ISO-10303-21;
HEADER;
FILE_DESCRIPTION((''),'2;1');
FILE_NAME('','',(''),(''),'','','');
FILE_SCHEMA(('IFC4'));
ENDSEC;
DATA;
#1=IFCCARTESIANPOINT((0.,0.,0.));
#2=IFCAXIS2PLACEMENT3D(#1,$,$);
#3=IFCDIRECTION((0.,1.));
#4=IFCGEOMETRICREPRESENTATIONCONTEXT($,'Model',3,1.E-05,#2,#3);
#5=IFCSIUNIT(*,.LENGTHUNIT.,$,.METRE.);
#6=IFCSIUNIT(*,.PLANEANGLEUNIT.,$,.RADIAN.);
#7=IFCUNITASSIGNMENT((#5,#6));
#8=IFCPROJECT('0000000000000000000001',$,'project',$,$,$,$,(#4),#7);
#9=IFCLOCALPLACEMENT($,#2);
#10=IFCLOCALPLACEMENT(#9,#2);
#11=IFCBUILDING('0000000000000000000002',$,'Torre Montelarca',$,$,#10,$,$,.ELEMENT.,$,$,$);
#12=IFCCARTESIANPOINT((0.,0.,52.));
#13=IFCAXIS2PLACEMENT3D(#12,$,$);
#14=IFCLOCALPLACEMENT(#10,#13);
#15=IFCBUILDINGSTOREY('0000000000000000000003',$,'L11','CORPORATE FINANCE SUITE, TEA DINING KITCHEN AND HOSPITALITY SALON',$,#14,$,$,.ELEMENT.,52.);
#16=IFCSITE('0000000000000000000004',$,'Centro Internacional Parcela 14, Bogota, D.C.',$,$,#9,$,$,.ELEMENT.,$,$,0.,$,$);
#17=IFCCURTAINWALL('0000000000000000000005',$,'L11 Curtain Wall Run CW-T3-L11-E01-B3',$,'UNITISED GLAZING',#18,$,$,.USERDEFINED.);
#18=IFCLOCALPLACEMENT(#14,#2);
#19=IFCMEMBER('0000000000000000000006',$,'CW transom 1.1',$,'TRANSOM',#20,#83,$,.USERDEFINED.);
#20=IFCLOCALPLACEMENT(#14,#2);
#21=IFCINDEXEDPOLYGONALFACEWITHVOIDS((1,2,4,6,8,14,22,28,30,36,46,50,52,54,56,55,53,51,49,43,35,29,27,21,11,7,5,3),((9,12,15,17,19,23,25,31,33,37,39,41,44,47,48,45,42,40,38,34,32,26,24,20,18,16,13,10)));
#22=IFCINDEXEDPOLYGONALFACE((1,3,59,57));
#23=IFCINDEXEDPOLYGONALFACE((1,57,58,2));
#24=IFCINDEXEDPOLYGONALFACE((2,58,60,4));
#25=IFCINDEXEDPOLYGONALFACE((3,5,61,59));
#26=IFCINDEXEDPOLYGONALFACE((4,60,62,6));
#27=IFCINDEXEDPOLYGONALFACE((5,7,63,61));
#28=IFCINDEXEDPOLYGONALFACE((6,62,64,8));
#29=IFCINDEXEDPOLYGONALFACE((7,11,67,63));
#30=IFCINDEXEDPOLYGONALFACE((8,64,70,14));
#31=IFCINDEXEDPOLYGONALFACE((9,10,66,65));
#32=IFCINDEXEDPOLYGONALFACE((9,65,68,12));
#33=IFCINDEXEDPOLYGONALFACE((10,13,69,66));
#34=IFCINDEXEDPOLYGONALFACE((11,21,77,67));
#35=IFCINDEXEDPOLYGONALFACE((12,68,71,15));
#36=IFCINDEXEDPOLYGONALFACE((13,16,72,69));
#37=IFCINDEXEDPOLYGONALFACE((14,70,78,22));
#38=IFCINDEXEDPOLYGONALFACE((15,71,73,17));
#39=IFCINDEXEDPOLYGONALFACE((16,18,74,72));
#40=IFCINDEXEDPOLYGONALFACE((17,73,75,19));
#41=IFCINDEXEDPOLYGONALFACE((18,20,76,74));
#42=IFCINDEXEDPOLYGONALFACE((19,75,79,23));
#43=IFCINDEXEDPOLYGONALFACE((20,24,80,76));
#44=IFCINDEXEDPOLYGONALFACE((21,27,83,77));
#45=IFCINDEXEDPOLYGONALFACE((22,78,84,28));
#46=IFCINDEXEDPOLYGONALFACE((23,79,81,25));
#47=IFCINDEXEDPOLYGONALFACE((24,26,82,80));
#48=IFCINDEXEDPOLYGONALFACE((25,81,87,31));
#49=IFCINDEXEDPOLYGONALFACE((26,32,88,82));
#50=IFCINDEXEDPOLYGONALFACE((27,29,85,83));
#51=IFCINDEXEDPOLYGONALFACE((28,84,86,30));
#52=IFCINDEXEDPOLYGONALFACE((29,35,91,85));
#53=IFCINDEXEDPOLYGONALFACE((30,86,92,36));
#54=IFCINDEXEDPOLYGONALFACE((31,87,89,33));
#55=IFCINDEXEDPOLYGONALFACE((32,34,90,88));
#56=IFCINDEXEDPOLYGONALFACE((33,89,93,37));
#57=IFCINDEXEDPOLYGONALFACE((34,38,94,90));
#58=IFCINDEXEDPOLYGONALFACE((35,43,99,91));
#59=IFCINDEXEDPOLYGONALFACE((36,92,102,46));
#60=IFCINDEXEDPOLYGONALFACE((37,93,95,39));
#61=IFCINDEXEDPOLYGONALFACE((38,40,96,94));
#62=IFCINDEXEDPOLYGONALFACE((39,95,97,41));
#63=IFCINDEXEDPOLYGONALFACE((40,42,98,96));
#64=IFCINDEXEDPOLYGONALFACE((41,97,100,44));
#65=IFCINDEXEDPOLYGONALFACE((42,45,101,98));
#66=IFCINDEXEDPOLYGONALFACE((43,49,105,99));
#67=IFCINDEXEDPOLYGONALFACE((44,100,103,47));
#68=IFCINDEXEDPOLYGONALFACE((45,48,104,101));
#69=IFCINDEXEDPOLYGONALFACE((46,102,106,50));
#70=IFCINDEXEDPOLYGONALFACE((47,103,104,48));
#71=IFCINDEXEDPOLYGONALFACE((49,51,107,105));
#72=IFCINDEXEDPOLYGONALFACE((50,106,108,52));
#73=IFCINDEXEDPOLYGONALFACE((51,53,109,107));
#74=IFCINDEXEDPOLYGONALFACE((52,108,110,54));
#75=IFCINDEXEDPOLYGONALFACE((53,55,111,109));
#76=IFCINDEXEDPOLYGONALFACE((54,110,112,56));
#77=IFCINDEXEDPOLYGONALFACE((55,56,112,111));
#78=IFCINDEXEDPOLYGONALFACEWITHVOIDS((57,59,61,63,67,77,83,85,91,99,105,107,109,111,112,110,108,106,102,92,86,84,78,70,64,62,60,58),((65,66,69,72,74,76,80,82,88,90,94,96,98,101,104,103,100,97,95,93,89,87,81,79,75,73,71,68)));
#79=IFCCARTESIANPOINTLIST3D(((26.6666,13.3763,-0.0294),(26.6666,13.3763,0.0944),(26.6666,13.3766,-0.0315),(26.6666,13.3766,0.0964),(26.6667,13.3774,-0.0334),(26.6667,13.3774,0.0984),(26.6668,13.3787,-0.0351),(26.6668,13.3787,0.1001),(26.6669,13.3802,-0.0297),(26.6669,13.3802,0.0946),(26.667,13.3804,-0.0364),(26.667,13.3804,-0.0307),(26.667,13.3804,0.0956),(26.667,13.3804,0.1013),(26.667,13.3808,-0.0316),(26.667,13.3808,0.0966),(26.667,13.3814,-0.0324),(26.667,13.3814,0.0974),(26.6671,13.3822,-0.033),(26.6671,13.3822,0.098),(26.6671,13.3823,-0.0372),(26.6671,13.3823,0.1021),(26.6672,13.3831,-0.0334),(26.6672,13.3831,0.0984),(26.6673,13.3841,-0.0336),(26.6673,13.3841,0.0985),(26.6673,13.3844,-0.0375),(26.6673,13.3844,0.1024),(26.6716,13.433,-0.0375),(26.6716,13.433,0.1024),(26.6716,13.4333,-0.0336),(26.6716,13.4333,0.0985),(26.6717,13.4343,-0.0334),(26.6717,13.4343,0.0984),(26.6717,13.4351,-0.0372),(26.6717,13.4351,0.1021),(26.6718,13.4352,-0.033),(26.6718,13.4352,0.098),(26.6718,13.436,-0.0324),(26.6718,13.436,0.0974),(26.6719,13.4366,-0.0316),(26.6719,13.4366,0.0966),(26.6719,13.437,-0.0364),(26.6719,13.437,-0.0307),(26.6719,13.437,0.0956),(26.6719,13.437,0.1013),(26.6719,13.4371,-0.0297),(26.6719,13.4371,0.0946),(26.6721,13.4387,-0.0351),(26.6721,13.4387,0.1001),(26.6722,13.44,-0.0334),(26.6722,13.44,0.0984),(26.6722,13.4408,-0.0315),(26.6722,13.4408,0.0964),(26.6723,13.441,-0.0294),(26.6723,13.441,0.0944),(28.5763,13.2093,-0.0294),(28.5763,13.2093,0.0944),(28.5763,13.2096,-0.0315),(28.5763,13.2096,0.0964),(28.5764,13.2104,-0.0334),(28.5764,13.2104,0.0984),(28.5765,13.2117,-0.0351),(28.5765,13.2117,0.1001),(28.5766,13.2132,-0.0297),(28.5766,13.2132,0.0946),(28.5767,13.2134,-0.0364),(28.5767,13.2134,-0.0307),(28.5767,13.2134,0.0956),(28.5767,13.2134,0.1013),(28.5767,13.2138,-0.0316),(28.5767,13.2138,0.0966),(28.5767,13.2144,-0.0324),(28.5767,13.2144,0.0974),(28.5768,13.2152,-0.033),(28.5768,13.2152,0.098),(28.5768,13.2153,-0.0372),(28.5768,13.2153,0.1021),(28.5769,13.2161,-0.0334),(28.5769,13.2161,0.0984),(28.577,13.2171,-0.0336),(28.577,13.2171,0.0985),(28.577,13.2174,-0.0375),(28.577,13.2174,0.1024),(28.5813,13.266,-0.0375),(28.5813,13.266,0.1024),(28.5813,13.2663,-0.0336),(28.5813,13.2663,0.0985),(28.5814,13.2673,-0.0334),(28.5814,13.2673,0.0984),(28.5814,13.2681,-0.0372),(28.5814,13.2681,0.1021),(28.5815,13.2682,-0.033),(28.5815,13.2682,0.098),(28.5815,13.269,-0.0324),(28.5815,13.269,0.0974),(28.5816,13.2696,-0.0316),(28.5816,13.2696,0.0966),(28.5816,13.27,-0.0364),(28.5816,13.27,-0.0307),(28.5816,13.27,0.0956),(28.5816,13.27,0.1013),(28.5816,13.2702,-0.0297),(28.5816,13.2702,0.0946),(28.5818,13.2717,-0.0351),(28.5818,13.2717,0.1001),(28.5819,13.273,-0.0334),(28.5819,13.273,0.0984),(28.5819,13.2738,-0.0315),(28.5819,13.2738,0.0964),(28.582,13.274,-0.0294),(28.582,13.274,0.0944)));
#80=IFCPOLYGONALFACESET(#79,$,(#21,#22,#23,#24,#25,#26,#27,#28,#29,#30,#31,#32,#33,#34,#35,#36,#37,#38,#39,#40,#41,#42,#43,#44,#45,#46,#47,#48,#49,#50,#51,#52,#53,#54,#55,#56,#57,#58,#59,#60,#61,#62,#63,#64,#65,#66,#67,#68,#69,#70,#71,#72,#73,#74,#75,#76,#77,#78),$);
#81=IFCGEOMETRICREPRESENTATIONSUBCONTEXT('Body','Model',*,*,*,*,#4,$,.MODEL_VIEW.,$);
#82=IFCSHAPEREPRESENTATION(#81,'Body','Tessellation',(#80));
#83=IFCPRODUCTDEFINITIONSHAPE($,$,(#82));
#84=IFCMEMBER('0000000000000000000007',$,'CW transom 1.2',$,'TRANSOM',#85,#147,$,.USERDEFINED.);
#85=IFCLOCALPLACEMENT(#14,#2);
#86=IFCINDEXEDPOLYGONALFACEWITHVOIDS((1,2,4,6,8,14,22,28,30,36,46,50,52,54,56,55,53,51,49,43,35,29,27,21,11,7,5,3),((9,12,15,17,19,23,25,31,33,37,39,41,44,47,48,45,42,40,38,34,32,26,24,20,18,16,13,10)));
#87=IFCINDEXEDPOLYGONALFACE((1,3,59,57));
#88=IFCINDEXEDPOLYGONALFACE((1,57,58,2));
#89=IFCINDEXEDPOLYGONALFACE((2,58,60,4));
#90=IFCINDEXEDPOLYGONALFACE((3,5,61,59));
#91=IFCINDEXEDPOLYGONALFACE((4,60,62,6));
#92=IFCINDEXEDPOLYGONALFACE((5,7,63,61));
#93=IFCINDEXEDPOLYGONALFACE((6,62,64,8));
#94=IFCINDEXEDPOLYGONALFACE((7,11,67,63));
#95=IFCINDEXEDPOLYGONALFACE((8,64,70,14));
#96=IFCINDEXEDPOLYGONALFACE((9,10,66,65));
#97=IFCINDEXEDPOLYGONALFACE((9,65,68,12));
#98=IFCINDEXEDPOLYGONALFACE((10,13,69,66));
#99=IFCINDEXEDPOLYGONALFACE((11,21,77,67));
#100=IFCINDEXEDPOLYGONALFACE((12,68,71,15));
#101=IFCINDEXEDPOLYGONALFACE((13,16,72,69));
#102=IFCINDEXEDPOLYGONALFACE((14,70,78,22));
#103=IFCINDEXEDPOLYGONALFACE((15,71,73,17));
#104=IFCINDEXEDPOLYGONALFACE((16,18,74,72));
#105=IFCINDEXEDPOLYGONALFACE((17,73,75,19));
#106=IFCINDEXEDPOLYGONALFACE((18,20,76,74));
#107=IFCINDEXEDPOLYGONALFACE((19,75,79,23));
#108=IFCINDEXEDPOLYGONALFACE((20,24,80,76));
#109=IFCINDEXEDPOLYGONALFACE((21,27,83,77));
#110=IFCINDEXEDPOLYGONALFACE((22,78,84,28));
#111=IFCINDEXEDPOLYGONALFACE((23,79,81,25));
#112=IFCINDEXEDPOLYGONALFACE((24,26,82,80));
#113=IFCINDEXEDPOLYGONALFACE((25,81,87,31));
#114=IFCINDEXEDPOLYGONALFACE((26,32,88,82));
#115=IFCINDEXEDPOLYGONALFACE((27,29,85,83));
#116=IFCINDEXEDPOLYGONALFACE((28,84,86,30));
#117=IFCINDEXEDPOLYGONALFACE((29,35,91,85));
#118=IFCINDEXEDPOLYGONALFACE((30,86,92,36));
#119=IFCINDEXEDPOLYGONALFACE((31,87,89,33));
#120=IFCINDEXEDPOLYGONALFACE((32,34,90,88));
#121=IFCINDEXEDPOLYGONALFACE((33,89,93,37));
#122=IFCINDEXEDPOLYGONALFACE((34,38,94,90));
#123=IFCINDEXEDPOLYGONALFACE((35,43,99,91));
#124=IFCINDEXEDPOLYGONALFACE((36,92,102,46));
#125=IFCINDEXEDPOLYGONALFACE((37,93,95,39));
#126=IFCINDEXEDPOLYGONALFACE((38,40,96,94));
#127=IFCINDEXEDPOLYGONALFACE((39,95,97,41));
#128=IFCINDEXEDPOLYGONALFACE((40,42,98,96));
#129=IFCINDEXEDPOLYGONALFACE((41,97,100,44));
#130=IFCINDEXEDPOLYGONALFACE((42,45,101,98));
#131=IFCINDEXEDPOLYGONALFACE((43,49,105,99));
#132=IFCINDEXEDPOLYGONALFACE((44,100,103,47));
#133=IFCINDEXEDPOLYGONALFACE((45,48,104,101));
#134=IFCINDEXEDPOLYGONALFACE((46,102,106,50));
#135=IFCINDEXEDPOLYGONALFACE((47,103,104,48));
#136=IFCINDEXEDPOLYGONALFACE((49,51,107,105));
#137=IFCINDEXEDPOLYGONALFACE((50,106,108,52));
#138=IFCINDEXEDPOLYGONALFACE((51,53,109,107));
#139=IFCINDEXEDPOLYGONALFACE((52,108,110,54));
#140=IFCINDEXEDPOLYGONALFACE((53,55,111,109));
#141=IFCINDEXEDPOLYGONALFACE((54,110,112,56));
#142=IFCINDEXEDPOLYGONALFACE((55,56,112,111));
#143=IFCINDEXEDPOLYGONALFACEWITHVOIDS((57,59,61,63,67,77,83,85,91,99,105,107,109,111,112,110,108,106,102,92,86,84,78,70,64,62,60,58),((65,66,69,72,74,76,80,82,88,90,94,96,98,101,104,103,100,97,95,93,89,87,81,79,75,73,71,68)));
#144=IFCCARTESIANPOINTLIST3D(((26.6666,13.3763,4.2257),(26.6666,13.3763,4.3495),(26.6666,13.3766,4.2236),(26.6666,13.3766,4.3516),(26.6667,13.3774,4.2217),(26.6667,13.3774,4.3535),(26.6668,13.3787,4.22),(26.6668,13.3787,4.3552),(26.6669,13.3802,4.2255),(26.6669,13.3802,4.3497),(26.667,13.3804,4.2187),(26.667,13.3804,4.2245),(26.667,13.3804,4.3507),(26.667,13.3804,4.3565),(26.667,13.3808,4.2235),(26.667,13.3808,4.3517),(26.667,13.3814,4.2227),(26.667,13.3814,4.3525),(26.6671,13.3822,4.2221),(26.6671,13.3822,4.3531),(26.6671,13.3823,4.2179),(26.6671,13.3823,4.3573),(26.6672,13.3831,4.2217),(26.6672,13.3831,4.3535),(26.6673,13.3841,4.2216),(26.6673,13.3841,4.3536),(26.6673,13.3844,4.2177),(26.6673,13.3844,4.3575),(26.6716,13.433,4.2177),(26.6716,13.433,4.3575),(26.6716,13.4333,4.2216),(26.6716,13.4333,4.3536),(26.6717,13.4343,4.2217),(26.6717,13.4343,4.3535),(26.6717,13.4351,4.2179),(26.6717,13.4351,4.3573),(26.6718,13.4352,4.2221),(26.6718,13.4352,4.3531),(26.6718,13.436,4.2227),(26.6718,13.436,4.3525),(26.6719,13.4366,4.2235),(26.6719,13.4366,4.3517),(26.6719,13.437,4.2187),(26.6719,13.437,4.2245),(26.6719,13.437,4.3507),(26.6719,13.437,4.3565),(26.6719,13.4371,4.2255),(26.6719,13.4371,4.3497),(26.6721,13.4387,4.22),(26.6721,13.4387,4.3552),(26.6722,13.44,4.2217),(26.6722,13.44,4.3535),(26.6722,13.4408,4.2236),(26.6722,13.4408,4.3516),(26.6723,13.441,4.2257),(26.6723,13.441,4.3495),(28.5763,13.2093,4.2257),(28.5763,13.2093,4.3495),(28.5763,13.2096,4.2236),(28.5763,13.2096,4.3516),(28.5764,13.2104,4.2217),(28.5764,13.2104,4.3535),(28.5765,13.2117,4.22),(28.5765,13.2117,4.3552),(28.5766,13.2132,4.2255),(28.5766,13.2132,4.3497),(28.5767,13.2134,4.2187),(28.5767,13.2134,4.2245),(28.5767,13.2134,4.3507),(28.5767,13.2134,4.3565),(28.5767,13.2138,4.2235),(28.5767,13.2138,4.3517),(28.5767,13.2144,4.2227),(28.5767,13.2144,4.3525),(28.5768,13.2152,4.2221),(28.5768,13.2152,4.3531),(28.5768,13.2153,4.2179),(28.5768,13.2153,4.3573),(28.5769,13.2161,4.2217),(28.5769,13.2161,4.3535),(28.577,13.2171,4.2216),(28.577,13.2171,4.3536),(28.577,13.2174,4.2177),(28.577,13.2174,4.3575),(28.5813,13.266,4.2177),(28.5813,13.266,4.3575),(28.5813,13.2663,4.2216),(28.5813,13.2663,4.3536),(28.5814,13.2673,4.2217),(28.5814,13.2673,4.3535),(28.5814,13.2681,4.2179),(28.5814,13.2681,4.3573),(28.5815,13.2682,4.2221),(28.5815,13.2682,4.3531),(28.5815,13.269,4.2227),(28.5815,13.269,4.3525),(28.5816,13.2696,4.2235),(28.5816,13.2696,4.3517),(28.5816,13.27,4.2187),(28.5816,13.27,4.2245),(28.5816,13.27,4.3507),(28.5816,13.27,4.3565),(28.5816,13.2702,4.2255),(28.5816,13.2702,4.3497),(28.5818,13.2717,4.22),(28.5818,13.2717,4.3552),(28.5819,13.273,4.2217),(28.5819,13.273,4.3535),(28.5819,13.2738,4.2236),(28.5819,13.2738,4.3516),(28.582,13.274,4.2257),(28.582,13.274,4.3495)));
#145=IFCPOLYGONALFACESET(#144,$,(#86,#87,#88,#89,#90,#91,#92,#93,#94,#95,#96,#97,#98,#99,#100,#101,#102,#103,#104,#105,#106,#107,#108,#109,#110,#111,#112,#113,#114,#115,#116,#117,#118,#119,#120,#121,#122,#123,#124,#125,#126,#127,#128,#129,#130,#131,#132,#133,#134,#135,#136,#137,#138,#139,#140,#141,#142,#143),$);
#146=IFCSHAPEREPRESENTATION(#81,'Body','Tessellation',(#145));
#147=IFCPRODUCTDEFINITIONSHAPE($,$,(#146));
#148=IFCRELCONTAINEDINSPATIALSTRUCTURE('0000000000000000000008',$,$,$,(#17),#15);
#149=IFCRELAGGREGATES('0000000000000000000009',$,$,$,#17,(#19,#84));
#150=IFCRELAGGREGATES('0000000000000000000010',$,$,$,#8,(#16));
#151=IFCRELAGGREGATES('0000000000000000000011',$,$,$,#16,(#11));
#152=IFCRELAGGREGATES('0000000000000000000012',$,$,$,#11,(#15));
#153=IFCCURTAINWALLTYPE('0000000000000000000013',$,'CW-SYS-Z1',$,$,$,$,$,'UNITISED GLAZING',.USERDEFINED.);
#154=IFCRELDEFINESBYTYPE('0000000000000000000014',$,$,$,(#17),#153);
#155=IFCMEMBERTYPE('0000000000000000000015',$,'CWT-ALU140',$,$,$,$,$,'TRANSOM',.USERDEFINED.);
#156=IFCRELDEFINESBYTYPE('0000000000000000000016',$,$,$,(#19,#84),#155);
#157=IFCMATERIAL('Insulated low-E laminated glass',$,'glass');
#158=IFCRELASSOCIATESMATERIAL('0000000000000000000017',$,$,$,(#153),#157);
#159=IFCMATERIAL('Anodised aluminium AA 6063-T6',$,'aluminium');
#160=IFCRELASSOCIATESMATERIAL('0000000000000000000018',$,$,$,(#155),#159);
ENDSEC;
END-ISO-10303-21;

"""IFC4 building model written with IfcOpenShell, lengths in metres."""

from ifc_helpers import new_model, si_unit, direction, frame, origin, origin_2d, place, context, subcontext, project, spatial, hollow_rectangle, extrude, source, transform, mapped, material, material_profile, profile_set, type_object, element, aggregate, save


model = new_model("IFC4")

# Units and contexts
model_context = context("Model", 3, precision=1e-05, world=origin(), true_north=direction((0.0, 1.0)))
body_context = subcontext(model_context, "Body", "Model", "MODEL_VIEW")
ifc_project = project(units=[si_unit("LENGTHUNIT", "METRE"), si_unit("PLANEANGLEUNIT", "RADIAN")], contexts=[model_context])

# Site, building, storey
site_placement = place(None, origin())
site = spatial("IfcSite", under=ifc_project, at=site_placement, Name="Centro Internacional Parcela 14, Bogota, D.C.", CompositionType="ELEMENT", RefElevation=0.0)
building_placement = place(site_placement, origin())
building = spatial("IfcBuilding", under=site, at=building_placement, Name="Torre Montelarca", CompositionType="ELEMENT")
storey_placement = place(building_placement, frame((0.0, 0.0, 52.0)))
storey = spatial("IfcBuildingStorey", under=building, at=storey_placement, Name="L11", Description="CORPORATE FINANCE SUITE, TEA DINING KITCHEN AND HOSPITALITY SALON", CompositionType="ELEMENT", Elevation=52.0)

# Shared definitions
ifc_material_1 = material(Name="Insulated low-E laminated glass", Category="glass")
curtain_wall_type = type_object("IfcCurtainWallType", Name="CW-SYS-Z1", ElementType="UNITISED GLAZING", PredefinedType="USERDEFINED", material=ifc_material_1)
ifc_material_2 = material(Name="Anodised aluminium AA 6063-T6", Category="aluminium")

# Curtain wall
curtain_wall_1_placement = place(storey_placement, origin())
curtain_wall_1 = element("IfcCurtainWall", 1, at=curtain_wall_1_placement, inside=storey, type_object=curtain_wall_type, Name="L11 Curtain Wall Run CW-T3-L11-E01-B3", ObjectType="UNITISED GLAZING", PredefinedType="USERDEFINED")

# Members
ifc_material_profile_1 = material_profile(ifc_material_2, hollow_rectangle(XDim=0.0649, YDim=0.1399, WallThickness=0.0039, InnerFilletRadius=0.0039, OuterFilletRadius=0.0081, at=origin_2d()), Name="ALU65X140X4", Category="aluminium")
ifc_profile_set_1 = profile_set([ifc_material_profile_1], Name="Anodised aluminium AA 6063-T6")
member_type_1 = type_object("IfcMemberType", Name="CWT-ALU140", ElementType="TRANSOM", PredefinedType="USERDEFINED", material=ifc_profile_set_1)
shared_shape_1 = source(origin(), body_context, "Body", "SweptSolid", [
    extrude(hollow_rectangle(XDim=0.0649, YDim=0.1399, WallThickness=0.0039, InnerFilletRadius=0.0039, OuterFilletRadius=0.0081, at=origin_2d()), origin(), (0.0, 0.0, 1.0), 1.917),
])
member_1_placement = place(storey_placement, frame((26.6694, 13.4087, 0.0325), z_axis=(0.996198, -0.087113, 0.0), x_axis=(0.087113, 0.996198, 0.0)))
member_1 = element("IfcMember", 2, at=member_1_placement, type_object=member_type_1, Name="CW transom 1.1", ObjectType="TRANSOM", PredefinedType="USERDEFINED", context=body_context, shape_type="MappedRepresentation", body=[
    mapped(shared_shape_1, transform((0.0, 0.0, 0.0), scale=1.0)),
])
member_2_placement = place(storey_placement, frame((26.6694, 13.4087, 4.2876), z_axis=(0.996198, -0.087113, 0.0), x_axis=(0.087113, 0.996198, 0.0)))
member_2 = element("IfcMember", 3, at=member_2_placement, type_object=member_type_1, Name="CW transom 1.2", ObjectType="TRANSOM", PredefinedType="USERDEFINED", context=body_context, shape_type="MappedRepresentation", body=[
    mapped(shared_shape_1, transform((0.0, 0.0, 0.0), scale=1.0)),
])

aggregate(curtain_wall_1, [member_1, member_2])

save(model, "model.ifc")
